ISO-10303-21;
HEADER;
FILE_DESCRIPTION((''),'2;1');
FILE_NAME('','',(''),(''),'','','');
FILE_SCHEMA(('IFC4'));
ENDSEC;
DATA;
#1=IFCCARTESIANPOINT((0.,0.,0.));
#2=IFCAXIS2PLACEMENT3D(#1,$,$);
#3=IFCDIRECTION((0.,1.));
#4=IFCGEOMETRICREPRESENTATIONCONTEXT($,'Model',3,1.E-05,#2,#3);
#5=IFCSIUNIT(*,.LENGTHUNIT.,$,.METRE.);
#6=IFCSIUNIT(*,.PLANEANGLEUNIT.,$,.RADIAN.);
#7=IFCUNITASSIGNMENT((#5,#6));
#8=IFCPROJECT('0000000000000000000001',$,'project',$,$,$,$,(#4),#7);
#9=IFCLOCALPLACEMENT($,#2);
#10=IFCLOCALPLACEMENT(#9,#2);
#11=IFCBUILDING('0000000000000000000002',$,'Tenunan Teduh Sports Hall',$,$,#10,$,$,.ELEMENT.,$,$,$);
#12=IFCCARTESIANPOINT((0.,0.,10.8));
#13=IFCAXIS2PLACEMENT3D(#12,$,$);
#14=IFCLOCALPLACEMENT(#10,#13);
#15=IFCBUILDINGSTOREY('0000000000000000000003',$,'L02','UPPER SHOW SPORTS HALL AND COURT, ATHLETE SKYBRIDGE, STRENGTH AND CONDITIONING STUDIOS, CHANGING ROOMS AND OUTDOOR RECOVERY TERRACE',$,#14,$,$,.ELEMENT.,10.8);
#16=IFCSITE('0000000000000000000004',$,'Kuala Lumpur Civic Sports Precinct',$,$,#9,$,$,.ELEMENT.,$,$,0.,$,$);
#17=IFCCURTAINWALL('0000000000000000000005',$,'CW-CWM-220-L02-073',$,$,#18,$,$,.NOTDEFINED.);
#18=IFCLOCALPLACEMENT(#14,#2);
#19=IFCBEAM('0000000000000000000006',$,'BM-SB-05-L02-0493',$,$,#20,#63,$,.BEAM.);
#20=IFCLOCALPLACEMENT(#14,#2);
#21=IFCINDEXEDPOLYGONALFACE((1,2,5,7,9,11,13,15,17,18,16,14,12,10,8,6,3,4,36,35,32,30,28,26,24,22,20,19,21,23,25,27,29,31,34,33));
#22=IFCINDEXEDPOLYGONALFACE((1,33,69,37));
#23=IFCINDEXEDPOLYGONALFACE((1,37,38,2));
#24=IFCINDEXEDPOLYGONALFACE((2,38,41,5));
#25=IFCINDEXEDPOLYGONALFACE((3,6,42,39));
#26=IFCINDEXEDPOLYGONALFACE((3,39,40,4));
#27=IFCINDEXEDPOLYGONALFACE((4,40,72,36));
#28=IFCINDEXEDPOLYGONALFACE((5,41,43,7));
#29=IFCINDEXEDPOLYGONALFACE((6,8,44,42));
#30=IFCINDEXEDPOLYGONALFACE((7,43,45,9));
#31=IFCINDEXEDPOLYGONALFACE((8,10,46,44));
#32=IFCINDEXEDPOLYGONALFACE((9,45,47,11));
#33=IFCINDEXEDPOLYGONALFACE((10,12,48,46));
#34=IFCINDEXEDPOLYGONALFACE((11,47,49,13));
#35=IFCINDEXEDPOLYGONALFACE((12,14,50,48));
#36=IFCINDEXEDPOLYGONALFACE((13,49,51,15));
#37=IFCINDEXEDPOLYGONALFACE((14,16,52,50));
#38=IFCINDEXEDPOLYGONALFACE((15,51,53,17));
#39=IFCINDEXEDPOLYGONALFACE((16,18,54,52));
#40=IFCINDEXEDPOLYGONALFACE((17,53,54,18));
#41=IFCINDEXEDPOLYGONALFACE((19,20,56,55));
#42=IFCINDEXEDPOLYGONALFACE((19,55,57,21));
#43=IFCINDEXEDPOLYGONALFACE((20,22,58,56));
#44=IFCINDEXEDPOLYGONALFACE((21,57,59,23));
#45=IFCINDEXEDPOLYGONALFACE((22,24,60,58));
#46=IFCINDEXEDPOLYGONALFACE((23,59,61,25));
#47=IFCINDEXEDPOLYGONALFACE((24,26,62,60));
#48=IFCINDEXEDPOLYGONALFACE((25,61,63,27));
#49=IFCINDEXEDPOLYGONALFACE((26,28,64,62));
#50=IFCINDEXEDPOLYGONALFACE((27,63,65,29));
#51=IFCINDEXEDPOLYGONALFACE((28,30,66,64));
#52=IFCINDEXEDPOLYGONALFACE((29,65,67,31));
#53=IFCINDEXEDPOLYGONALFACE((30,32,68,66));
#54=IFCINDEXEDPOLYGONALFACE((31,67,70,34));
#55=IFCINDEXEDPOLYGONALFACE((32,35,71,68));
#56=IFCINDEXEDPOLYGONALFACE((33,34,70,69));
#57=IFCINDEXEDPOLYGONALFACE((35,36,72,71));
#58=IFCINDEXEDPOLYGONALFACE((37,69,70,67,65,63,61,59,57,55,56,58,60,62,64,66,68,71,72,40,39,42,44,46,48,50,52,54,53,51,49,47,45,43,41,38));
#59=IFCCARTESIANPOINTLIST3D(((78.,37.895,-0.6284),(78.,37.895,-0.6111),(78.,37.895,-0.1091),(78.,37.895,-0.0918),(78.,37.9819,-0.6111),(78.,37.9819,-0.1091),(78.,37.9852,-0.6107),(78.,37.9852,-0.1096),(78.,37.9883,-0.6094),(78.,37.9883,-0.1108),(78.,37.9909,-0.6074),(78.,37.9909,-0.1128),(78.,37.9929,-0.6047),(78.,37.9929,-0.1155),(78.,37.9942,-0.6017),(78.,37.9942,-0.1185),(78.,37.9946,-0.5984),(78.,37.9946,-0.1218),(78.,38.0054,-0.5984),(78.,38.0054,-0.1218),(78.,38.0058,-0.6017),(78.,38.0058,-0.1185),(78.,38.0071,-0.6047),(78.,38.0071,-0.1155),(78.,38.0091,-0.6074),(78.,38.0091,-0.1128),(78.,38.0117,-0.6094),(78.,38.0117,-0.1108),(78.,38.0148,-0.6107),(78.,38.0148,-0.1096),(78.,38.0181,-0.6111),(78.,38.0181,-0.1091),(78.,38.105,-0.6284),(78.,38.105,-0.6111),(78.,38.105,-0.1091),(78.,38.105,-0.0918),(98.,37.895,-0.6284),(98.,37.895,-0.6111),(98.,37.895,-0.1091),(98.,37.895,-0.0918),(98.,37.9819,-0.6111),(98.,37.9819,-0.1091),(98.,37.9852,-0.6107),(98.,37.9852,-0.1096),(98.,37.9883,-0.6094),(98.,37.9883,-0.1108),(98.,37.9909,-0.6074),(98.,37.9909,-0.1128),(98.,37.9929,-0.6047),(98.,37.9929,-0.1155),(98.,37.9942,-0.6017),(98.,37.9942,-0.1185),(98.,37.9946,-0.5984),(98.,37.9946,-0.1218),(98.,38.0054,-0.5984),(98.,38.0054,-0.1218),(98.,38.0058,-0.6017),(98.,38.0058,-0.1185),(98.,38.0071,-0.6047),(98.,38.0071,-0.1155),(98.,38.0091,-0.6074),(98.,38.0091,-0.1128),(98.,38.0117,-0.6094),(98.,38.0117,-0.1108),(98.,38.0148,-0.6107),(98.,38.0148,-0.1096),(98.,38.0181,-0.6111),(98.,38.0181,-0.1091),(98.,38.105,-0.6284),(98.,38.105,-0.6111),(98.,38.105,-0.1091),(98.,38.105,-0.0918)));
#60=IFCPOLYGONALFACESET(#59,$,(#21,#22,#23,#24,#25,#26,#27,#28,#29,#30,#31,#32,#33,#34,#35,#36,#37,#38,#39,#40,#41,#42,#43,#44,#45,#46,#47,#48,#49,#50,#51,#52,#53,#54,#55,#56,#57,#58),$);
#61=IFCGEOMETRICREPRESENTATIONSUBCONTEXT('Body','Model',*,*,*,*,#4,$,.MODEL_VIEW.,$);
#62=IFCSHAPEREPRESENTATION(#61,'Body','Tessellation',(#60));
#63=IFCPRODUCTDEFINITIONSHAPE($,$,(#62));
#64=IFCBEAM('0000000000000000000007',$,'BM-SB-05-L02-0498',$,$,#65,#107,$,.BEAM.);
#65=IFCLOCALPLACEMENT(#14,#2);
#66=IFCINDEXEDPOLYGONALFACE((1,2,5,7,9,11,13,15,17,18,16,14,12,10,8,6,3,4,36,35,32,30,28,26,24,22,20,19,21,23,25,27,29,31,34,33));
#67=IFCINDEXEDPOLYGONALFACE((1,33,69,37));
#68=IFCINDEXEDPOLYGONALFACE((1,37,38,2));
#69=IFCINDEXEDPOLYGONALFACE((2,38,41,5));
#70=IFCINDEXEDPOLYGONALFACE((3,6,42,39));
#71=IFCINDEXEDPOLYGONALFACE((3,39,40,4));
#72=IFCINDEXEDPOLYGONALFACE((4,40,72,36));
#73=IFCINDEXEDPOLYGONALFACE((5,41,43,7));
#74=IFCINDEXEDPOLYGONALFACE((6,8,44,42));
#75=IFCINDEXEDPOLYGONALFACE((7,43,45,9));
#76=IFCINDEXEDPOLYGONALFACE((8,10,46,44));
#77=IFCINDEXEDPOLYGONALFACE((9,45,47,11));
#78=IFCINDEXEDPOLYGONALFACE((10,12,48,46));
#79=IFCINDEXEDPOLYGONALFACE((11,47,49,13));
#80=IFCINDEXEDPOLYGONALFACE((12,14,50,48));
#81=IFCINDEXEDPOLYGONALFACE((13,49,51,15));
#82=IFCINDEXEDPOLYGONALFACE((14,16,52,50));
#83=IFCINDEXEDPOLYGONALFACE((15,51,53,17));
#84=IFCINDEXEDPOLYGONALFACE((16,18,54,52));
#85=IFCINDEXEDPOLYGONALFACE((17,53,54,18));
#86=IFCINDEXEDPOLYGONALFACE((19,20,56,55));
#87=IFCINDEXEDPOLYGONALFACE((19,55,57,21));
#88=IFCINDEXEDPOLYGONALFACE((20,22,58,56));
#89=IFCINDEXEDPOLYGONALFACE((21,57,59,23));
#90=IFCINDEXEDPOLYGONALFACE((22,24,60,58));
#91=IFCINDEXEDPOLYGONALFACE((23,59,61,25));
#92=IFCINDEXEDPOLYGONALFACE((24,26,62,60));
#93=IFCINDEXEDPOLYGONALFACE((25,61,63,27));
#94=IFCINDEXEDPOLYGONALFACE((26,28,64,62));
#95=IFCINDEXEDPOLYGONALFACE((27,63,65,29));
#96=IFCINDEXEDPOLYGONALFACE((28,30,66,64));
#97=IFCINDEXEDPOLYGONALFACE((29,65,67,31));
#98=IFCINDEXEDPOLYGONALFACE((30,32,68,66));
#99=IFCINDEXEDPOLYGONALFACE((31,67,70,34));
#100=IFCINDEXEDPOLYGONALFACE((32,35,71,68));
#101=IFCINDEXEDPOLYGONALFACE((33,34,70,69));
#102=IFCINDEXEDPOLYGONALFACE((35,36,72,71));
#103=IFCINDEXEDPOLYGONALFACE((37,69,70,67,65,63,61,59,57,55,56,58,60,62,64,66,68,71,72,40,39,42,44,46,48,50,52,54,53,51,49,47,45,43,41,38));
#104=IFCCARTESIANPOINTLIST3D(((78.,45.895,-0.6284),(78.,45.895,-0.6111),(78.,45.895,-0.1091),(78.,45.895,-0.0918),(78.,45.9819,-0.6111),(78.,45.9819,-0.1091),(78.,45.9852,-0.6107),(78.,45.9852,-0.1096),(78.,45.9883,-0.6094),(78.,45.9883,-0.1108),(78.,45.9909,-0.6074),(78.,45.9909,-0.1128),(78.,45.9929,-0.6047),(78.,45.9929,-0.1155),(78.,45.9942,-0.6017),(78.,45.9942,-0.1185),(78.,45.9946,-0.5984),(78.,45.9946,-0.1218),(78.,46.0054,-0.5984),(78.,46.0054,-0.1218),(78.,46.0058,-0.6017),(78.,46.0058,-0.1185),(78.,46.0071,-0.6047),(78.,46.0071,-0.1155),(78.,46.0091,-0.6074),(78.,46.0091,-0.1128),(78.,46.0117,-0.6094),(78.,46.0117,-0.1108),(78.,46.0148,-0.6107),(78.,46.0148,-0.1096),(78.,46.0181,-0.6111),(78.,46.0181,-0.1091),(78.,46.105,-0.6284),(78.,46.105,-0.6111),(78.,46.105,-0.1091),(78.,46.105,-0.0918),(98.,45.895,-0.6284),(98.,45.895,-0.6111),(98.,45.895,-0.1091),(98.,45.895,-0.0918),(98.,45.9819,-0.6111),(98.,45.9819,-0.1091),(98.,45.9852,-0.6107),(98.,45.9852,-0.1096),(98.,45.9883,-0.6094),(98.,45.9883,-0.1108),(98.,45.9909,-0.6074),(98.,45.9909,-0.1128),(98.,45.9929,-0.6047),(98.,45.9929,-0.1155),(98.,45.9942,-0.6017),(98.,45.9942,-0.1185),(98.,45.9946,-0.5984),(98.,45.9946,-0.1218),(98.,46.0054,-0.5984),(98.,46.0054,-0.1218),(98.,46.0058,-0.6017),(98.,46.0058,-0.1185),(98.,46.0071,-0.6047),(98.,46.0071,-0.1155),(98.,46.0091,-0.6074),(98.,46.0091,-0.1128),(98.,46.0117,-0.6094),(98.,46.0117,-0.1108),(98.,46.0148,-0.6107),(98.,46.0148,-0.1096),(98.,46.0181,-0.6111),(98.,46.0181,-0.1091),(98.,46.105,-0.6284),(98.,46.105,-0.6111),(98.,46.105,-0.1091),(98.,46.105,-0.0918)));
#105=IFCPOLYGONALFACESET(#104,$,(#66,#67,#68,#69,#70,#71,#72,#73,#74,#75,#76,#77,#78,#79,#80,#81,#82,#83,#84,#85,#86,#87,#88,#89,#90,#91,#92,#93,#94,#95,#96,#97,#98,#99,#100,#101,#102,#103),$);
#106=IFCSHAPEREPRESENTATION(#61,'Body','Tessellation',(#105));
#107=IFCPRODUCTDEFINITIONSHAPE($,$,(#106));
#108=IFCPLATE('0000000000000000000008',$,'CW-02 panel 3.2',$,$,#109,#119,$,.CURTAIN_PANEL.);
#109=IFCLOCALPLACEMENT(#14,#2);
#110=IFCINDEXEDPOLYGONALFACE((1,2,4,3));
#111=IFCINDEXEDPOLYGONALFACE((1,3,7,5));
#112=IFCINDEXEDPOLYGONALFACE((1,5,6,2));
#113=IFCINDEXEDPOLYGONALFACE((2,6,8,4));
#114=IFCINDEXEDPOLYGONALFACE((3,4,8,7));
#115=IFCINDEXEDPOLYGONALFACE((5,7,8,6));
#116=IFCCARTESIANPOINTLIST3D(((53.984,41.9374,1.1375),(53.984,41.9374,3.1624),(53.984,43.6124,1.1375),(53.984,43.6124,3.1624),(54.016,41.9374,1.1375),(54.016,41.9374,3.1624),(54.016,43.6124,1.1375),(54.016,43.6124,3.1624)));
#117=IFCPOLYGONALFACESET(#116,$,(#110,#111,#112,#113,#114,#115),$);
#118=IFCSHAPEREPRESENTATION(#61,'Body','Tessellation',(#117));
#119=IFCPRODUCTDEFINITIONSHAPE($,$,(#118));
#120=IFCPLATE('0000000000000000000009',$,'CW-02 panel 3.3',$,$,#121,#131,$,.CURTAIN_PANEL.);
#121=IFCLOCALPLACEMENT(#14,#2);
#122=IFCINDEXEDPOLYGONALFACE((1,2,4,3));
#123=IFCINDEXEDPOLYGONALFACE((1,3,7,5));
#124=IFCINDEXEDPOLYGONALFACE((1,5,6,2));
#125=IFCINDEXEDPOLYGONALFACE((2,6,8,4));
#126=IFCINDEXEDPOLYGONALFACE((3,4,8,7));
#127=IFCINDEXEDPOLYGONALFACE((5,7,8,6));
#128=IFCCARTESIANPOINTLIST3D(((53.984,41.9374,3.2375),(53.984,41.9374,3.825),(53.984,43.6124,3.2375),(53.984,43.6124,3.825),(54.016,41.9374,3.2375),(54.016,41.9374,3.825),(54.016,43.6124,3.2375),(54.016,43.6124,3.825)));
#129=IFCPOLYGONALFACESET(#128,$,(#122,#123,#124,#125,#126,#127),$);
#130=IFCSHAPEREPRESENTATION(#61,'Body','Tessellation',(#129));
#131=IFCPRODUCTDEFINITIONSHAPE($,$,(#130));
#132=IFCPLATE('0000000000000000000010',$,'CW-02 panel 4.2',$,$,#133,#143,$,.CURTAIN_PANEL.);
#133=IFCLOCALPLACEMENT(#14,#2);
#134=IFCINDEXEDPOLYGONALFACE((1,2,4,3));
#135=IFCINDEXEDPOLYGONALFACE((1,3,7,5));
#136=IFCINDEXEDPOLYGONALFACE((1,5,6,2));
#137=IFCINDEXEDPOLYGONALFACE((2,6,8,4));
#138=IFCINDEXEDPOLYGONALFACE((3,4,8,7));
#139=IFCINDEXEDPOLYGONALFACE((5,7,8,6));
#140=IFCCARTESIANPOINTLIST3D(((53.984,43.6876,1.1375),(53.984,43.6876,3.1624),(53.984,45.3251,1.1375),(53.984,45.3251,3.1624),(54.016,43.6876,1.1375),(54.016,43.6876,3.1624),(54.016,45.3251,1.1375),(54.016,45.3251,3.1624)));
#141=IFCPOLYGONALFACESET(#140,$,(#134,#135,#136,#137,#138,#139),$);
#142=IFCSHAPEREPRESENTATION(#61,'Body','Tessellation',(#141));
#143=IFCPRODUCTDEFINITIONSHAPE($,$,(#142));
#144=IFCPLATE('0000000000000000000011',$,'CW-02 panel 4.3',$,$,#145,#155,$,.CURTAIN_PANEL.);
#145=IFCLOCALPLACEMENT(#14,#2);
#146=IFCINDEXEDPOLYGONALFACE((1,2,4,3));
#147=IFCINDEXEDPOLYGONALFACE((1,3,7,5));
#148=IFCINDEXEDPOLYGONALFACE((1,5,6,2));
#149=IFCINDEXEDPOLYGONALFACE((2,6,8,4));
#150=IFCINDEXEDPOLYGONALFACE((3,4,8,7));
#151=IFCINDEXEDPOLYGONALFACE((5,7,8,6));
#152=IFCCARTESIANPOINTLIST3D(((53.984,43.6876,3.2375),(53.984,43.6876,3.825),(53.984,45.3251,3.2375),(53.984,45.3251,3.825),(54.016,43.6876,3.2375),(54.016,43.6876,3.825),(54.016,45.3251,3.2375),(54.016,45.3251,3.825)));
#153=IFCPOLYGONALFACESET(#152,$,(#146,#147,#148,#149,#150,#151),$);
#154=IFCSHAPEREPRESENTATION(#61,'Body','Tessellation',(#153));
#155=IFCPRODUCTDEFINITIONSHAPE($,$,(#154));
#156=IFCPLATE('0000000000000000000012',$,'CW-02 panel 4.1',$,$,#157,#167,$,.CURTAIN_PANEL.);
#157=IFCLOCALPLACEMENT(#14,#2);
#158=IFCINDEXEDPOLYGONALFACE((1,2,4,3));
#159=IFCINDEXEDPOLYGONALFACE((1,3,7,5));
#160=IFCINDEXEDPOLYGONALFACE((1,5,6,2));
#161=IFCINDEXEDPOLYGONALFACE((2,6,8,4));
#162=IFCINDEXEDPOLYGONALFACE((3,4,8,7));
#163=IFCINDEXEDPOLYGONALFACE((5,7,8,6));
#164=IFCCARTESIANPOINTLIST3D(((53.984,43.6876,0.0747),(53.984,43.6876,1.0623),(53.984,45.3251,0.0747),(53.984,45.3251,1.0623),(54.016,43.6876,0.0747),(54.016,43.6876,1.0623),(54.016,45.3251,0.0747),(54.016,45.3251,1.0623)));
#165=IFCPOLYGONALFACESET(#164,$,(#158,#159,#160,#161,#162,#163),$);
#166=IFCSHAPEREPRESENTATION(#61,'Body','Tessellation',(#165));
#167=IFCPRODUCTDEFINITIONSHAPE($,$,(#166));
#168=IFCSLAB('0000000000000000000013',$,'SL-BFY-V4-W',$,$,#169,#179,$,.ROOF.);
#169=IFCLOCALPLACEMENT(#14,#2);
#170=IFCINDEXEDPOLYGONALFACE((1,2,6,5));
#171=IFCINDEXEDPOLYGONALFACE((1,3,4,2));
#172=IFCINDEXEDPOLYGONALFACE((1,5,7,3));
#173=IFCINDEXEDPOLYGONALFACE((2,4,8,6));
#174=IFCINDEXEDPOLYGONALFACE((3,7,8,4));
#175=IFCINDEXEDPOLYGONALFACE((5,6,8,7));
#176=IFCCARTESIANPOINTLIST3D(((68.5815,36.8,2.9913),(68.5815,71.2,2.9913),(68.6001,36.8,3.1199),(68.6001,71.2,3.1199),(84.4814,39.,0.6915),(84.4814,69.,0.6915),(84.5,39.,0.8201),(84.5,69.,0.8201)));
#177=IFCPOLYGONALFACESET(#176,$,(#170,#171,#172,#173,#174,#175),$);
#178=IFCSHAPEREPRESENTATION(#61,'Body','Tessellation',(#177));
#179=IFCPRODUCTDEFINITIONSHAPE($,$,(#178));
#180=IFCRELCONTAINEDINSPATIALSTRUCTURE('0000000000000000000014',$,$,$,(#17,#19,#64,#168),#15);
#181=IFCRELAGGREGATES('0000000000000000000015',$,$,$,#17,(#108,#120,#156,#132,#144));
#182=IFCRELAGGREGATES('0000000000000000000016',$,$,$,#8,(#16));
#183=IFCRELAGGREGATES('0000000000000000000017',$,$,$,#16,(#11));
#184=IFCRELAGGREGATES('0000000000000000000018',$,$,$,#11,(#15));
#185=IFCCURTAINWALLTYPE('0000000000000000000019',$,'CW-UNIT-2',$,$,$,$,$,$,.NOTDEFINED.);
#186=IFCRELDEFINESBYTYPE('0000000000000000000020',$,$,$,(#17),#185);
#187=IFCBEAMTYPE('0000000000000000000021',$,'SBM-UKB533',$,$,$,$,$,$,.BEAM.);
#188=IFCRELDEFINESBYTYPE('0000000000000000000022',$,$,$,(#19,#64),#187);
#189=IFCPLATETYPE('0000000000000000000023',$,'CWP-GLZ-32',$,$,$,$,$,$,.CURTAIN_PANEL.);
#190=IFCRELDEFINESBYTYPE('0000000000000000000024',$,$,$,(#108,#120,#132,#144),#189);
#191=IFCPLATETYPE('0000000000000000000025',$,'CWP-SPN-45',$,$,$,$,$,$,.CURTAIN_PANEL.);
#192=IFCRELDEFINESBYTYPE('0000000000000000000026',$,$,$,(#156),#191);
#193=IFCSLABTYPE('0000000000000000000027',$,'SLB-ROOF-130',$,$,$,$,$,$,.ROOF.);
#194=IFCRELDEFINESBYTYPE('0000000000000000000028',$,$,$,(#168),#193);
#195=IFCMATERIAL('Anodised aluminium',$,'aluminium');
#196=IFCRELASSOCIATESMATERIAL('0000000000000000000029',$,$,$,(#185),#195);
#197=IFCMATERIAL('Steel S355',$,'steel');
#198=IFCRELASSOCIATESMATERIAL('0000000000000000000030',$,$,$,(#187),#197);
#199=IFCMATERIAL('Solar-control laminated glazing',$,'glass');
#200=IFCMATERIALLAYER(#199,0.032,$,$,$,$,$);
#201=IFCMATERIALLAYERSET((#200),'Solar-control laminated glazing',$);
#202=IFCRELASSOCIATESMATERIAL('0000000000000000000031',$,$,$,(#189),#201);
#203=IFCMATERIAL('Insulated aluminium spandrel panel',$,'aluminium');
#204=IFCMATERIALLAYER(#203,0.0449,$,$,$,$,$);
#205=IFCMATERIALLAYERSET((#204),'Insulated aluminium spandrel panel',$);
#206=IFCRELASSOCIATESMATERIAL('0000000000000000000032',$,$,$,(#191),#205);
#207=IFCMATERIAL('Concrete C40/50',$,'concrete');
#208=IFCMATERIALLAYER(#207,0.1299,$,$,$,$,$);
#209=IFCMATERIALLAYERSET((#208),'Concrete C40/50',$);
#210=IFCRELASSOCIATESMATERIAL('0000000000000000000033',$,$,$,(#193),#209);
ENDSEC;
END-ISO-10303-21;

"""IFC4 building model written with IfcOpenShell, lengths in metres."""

from ifc_helpers import new_model, si_unit, direction, frame, origin, origin_2d, place, context, subcontext, project, spatial, polyline, rectangle, i_section, outline, extrude, material, layer, layer_set, material_profile, profile_set, type_object, element, aggregate, save


model = new_model("IFC4")

# Units and contexts
model_context = context("Model", 3, precision=1e-05, world=origin(), true_north=direction((0.0, 1.0)))
body_context = subcontext(model_context, "Body", "Model", "MODEL_VIEW")
ifc_project = project(units=[si_unit("LENGTHUNIT", "METRE"), si_unit("PLANEANGLEUNIT", "RADIAN")], contexts=[model_context])

# Site, building, storey
site_placement = place(None, origin())
site = spatial("IfcSite", under=ifc_project, at=site_placement, Name="Kuala Lumpur Civic Sports Precinct", CompositionType="ELEMENT", RefElevation=0.0)
building_placement = place(site_placement, origin())
building = spatial("IfcBuilding", under=site, at=building_placement, Name="Tenunan Teduh Sports Hall", CompositionType="ELEMENT")
storey_placement = place(building_placement, frame((0.0, 0.0, 10.8)))
storey = spatial("IfcBuildingStorey", under=building, at=storey_placement, Name="L02", Description="UPPER SHOW SPORTS HALL AND COURT, ATHLETE SKYBRIDGE, STRENGTH AND CONDITIONING STUDIOS, CHANGING ROOMS AND OUTDOOR RECOVERY TERRACE", CompositionType="ELEMENT", Elevation=10.8)

# Curtain wall
ifc_material_1 = material(Name="Anodised aluminium", Category="aluminium")
curtain_wall_type = type_object("IfcCurtainWallType", Name="CW-UNIT-2", PredefinedType="NOTDEFINED", material=ifc_material_1)
curtain_wall_placement = place(storey_placement, origin())
curtain_wall = element("IfcCurtainWall", 1, at=curtain_wall_placement, inside=storey, type_object=curtain_wall_type, Name="CW-CWM-220-L02-073", PredefinedType="NOTDEFINED")

# Beams
ifc_material_2 = material(Name="Steel S355", Category="steel")
ifc_material_profile_1 = material_profile(ifc_material_2, i_section(OverallWidth=0.21, OverallDepth=0.5366, WebThickness=0.0107, FlangeThickness=0.0173, FilletRadius=0.0127, at=origin_2d()), Name="UKB 533x210x101")
ifc_profile_set_1 = profile_set([ifc_material_profile_1], Name="Steel S355")
beam_type_1 = type_object("IfcBeamType", Name="SBM-UKB533", PredefinedType="BEAM", material=ifc_profile_set_1)
for number, where, z_axis, x_axis, name in (
    (2, (78.0, 38.0, -0.3601), (1.0, 0.0, 0.0), (0.0, 1.0, 0.0), "BM-SB-05-L02-0493"),
    (3, (78.0, 46.0, -0.3601), (1.0, 0.0, 0.0), (0.0, 1.0, 0.0), "BM-SB-05-L02-0498"),
):
    element("IfcBeam", number, at=place(storey_placement, frame(where, z_axis=z_axis, x_axis=x_axis)), inside=storey, type_object=beam_type_1, Name=name, PredefinedType="BEAM", context=body_context, shape_type="SweptSolid", body=[
        extrude(i_section(OverallWidth=0.21, OverallDepth=0.5366, WebThickness=0.0107, FlangeThickness=0.0173, FilletRadius=0.0127, at=origin_2d()), origin(), (0.0, 0.0, 1.0), 20.0),
    ])

# Plates
ifc_material_3 = material(Name="Solar-control laminated glazing", Category="glass")
ifc_layer_1 = layer(ifc_material_3, 0.032)
ifc_layer_set_1 = layer_set([ifc_layer_1], Name="Solar-control laminated glazing")
plate_type_1 = type_object("IfcPlateType", Name="CWP-GLZ-32", PredefinedType="CURTAIN_PANEL", material=ifc_layer_set_1)
plate_1_placement = place(storey_placement, frame((54.0, 42.7749, 1.1375), z_axis=(0.0, 0.0, 1.0), x_axis=(0.0, 1.0, 0.0)))
plate_1 = element("IfcPlate", 4, at=plate_1_placement, type_object=plate_type_1, Name="CW-02 panel 3.2", PredefinedType="CURTAIN_PANEL", context=body_context, shape_type="SweptSolid", body=[
    extrude(rectangle(XDim=1.675, YDim=0.032, at=origin_2d()), origin(), (0.0, 0.0, 1.0), 2.0249),
])
plate_2_placement = place(storey_placement, frame((54.0, 42.7749, 3.2375), z_axis=(0.0, 0.0, 1.0), x_axis=(0.0, 1.0, 0.0)))
plate_2 = element("IfcPlate", 5, at=plate_2_placement, type_object=plate_type_1, Name="CW-02 panel 3.3", PredefinedType="CURTAIN_PANEL", context=body_context, shape_type="SweptSolid", body=[
    extrude(rectangle(XDim=1.675, YDim=0.032, at=origin_2d()), origin(), (0.0, 0.0, 1.0), 0.5874),
])
plate_3_placement = place(storey_placement, frame((54.0, 44.5063, 1.1375), z_axis=(0.0, 0.0, 1.0), x_axis=(0.0, 1.0, 0.0)))
plate_3 = element("IfcPlate", 6, at=plate_3_placement, type_object=plate_type_1, Name="CW-02 panel 4.2", PredefinedType="CURTAIN_PANEL", context=body_context, shape_type="SweptSolid", body=[
    extrude(rectangle(XDim=1.6375, YDim=0.032, at=origin_2d()), origin(), (0.0, 0.0, 1.0), 2.0249),
])
plate_4_placement = place(storey_placement, frame((54.0, 44.5063, 3.2375), z_axis=(0.0, 0.0, 1.0), x_axis=(0.0, 1.0, 0.0)))
plate_4 = element("IfcPlate", 7, at=plate_4_placement, type_object=plate_type_1, Name="CW-02 panel 4.3", PredefinedType="CURTAIN_PANEL", context=body_context, shape_type="SweptSolid", body=[
    extrude(rectangle(XDim=1.6375, YDim=0.032, at=origin_2d()), origin(), (0.0, 0.0, 1.0), 0.5874),
])
ifc_material_4 = material(Name="Insulated aluminium spandrel panel", Category="aluminium")
ifc_layer_2 = layer(ifc_material_4, 0.0449)
ifc_layer_set_2 = layer_set([ifc_layer_2], Name="Insulated aluminium spandrel panel")
plate_type_2 = type_object("IfcPlateType", Name="CWP-SPN-45", PredefinedType="CURTAIN_PANEL", material=ifc_layer_set_2)
plate_5_placement = place(storey_placement, frame((54.0, 44.5063, 0.0747), z_axis=(0.0, 0.0, 1.0), x_axis=(0.0, 1.0, 0.0)))
plate_5 = element("IfcPlate", 8, at=plate_5_placement, type_object=plate_type_2, Name="CW-02 panel 4.1", PredefinedType="CURTAIN_PANEL", context=body_context, shape_type="SweptSolid", body=[
    extrude(rectangle(XDim=1.6375, YDim=0.032, at=origin_2d()), origin(), (0.0, 0.0, 1.0), 0.9875),
])
aggregate(curtain_wall, [plate_1, plate_2, plate_5, plate_3, plate_4])

# Slab
ifc_material_5 = material(Name="Concrete C40/50", Category="concrete")
ifc_layer_3 = layer(ifc_material_5, 0.1299)
ifc_layer_set_3 = layer_set([ifc_layer_3], Name="Concrete C40/50")
slab_type = type_object("IfcSlabType", Name="SLB-ROOF-130", PredefinedType="ROOF", material=ifc_layer_set_3)
slab_placement = place(storey_placement, frame((68.6001, 36.8, 3.1199), z_axis=(0.143153, 0.0, 0.989701), x_axis=(0.98055, 0.135671, -0.141829)))
element("IfcSlab", 9, at=slab_placement, inside=storey, type_object=slab_type, Name="SL-BFY-V4-W", PredefinedType="ROOF", context=body_context, shape_type="SweptSolid", body=[
    extrude(outline(polyline([(0.0, 0.0), (16.2153, 0.0), (20.2854, 29.7226), (4.6671, 34.0818), (0.0, 0.0)])), origin(), (0.0, 0.0, -1.0), 0.1299),
])

save(model, "model.ifc")
